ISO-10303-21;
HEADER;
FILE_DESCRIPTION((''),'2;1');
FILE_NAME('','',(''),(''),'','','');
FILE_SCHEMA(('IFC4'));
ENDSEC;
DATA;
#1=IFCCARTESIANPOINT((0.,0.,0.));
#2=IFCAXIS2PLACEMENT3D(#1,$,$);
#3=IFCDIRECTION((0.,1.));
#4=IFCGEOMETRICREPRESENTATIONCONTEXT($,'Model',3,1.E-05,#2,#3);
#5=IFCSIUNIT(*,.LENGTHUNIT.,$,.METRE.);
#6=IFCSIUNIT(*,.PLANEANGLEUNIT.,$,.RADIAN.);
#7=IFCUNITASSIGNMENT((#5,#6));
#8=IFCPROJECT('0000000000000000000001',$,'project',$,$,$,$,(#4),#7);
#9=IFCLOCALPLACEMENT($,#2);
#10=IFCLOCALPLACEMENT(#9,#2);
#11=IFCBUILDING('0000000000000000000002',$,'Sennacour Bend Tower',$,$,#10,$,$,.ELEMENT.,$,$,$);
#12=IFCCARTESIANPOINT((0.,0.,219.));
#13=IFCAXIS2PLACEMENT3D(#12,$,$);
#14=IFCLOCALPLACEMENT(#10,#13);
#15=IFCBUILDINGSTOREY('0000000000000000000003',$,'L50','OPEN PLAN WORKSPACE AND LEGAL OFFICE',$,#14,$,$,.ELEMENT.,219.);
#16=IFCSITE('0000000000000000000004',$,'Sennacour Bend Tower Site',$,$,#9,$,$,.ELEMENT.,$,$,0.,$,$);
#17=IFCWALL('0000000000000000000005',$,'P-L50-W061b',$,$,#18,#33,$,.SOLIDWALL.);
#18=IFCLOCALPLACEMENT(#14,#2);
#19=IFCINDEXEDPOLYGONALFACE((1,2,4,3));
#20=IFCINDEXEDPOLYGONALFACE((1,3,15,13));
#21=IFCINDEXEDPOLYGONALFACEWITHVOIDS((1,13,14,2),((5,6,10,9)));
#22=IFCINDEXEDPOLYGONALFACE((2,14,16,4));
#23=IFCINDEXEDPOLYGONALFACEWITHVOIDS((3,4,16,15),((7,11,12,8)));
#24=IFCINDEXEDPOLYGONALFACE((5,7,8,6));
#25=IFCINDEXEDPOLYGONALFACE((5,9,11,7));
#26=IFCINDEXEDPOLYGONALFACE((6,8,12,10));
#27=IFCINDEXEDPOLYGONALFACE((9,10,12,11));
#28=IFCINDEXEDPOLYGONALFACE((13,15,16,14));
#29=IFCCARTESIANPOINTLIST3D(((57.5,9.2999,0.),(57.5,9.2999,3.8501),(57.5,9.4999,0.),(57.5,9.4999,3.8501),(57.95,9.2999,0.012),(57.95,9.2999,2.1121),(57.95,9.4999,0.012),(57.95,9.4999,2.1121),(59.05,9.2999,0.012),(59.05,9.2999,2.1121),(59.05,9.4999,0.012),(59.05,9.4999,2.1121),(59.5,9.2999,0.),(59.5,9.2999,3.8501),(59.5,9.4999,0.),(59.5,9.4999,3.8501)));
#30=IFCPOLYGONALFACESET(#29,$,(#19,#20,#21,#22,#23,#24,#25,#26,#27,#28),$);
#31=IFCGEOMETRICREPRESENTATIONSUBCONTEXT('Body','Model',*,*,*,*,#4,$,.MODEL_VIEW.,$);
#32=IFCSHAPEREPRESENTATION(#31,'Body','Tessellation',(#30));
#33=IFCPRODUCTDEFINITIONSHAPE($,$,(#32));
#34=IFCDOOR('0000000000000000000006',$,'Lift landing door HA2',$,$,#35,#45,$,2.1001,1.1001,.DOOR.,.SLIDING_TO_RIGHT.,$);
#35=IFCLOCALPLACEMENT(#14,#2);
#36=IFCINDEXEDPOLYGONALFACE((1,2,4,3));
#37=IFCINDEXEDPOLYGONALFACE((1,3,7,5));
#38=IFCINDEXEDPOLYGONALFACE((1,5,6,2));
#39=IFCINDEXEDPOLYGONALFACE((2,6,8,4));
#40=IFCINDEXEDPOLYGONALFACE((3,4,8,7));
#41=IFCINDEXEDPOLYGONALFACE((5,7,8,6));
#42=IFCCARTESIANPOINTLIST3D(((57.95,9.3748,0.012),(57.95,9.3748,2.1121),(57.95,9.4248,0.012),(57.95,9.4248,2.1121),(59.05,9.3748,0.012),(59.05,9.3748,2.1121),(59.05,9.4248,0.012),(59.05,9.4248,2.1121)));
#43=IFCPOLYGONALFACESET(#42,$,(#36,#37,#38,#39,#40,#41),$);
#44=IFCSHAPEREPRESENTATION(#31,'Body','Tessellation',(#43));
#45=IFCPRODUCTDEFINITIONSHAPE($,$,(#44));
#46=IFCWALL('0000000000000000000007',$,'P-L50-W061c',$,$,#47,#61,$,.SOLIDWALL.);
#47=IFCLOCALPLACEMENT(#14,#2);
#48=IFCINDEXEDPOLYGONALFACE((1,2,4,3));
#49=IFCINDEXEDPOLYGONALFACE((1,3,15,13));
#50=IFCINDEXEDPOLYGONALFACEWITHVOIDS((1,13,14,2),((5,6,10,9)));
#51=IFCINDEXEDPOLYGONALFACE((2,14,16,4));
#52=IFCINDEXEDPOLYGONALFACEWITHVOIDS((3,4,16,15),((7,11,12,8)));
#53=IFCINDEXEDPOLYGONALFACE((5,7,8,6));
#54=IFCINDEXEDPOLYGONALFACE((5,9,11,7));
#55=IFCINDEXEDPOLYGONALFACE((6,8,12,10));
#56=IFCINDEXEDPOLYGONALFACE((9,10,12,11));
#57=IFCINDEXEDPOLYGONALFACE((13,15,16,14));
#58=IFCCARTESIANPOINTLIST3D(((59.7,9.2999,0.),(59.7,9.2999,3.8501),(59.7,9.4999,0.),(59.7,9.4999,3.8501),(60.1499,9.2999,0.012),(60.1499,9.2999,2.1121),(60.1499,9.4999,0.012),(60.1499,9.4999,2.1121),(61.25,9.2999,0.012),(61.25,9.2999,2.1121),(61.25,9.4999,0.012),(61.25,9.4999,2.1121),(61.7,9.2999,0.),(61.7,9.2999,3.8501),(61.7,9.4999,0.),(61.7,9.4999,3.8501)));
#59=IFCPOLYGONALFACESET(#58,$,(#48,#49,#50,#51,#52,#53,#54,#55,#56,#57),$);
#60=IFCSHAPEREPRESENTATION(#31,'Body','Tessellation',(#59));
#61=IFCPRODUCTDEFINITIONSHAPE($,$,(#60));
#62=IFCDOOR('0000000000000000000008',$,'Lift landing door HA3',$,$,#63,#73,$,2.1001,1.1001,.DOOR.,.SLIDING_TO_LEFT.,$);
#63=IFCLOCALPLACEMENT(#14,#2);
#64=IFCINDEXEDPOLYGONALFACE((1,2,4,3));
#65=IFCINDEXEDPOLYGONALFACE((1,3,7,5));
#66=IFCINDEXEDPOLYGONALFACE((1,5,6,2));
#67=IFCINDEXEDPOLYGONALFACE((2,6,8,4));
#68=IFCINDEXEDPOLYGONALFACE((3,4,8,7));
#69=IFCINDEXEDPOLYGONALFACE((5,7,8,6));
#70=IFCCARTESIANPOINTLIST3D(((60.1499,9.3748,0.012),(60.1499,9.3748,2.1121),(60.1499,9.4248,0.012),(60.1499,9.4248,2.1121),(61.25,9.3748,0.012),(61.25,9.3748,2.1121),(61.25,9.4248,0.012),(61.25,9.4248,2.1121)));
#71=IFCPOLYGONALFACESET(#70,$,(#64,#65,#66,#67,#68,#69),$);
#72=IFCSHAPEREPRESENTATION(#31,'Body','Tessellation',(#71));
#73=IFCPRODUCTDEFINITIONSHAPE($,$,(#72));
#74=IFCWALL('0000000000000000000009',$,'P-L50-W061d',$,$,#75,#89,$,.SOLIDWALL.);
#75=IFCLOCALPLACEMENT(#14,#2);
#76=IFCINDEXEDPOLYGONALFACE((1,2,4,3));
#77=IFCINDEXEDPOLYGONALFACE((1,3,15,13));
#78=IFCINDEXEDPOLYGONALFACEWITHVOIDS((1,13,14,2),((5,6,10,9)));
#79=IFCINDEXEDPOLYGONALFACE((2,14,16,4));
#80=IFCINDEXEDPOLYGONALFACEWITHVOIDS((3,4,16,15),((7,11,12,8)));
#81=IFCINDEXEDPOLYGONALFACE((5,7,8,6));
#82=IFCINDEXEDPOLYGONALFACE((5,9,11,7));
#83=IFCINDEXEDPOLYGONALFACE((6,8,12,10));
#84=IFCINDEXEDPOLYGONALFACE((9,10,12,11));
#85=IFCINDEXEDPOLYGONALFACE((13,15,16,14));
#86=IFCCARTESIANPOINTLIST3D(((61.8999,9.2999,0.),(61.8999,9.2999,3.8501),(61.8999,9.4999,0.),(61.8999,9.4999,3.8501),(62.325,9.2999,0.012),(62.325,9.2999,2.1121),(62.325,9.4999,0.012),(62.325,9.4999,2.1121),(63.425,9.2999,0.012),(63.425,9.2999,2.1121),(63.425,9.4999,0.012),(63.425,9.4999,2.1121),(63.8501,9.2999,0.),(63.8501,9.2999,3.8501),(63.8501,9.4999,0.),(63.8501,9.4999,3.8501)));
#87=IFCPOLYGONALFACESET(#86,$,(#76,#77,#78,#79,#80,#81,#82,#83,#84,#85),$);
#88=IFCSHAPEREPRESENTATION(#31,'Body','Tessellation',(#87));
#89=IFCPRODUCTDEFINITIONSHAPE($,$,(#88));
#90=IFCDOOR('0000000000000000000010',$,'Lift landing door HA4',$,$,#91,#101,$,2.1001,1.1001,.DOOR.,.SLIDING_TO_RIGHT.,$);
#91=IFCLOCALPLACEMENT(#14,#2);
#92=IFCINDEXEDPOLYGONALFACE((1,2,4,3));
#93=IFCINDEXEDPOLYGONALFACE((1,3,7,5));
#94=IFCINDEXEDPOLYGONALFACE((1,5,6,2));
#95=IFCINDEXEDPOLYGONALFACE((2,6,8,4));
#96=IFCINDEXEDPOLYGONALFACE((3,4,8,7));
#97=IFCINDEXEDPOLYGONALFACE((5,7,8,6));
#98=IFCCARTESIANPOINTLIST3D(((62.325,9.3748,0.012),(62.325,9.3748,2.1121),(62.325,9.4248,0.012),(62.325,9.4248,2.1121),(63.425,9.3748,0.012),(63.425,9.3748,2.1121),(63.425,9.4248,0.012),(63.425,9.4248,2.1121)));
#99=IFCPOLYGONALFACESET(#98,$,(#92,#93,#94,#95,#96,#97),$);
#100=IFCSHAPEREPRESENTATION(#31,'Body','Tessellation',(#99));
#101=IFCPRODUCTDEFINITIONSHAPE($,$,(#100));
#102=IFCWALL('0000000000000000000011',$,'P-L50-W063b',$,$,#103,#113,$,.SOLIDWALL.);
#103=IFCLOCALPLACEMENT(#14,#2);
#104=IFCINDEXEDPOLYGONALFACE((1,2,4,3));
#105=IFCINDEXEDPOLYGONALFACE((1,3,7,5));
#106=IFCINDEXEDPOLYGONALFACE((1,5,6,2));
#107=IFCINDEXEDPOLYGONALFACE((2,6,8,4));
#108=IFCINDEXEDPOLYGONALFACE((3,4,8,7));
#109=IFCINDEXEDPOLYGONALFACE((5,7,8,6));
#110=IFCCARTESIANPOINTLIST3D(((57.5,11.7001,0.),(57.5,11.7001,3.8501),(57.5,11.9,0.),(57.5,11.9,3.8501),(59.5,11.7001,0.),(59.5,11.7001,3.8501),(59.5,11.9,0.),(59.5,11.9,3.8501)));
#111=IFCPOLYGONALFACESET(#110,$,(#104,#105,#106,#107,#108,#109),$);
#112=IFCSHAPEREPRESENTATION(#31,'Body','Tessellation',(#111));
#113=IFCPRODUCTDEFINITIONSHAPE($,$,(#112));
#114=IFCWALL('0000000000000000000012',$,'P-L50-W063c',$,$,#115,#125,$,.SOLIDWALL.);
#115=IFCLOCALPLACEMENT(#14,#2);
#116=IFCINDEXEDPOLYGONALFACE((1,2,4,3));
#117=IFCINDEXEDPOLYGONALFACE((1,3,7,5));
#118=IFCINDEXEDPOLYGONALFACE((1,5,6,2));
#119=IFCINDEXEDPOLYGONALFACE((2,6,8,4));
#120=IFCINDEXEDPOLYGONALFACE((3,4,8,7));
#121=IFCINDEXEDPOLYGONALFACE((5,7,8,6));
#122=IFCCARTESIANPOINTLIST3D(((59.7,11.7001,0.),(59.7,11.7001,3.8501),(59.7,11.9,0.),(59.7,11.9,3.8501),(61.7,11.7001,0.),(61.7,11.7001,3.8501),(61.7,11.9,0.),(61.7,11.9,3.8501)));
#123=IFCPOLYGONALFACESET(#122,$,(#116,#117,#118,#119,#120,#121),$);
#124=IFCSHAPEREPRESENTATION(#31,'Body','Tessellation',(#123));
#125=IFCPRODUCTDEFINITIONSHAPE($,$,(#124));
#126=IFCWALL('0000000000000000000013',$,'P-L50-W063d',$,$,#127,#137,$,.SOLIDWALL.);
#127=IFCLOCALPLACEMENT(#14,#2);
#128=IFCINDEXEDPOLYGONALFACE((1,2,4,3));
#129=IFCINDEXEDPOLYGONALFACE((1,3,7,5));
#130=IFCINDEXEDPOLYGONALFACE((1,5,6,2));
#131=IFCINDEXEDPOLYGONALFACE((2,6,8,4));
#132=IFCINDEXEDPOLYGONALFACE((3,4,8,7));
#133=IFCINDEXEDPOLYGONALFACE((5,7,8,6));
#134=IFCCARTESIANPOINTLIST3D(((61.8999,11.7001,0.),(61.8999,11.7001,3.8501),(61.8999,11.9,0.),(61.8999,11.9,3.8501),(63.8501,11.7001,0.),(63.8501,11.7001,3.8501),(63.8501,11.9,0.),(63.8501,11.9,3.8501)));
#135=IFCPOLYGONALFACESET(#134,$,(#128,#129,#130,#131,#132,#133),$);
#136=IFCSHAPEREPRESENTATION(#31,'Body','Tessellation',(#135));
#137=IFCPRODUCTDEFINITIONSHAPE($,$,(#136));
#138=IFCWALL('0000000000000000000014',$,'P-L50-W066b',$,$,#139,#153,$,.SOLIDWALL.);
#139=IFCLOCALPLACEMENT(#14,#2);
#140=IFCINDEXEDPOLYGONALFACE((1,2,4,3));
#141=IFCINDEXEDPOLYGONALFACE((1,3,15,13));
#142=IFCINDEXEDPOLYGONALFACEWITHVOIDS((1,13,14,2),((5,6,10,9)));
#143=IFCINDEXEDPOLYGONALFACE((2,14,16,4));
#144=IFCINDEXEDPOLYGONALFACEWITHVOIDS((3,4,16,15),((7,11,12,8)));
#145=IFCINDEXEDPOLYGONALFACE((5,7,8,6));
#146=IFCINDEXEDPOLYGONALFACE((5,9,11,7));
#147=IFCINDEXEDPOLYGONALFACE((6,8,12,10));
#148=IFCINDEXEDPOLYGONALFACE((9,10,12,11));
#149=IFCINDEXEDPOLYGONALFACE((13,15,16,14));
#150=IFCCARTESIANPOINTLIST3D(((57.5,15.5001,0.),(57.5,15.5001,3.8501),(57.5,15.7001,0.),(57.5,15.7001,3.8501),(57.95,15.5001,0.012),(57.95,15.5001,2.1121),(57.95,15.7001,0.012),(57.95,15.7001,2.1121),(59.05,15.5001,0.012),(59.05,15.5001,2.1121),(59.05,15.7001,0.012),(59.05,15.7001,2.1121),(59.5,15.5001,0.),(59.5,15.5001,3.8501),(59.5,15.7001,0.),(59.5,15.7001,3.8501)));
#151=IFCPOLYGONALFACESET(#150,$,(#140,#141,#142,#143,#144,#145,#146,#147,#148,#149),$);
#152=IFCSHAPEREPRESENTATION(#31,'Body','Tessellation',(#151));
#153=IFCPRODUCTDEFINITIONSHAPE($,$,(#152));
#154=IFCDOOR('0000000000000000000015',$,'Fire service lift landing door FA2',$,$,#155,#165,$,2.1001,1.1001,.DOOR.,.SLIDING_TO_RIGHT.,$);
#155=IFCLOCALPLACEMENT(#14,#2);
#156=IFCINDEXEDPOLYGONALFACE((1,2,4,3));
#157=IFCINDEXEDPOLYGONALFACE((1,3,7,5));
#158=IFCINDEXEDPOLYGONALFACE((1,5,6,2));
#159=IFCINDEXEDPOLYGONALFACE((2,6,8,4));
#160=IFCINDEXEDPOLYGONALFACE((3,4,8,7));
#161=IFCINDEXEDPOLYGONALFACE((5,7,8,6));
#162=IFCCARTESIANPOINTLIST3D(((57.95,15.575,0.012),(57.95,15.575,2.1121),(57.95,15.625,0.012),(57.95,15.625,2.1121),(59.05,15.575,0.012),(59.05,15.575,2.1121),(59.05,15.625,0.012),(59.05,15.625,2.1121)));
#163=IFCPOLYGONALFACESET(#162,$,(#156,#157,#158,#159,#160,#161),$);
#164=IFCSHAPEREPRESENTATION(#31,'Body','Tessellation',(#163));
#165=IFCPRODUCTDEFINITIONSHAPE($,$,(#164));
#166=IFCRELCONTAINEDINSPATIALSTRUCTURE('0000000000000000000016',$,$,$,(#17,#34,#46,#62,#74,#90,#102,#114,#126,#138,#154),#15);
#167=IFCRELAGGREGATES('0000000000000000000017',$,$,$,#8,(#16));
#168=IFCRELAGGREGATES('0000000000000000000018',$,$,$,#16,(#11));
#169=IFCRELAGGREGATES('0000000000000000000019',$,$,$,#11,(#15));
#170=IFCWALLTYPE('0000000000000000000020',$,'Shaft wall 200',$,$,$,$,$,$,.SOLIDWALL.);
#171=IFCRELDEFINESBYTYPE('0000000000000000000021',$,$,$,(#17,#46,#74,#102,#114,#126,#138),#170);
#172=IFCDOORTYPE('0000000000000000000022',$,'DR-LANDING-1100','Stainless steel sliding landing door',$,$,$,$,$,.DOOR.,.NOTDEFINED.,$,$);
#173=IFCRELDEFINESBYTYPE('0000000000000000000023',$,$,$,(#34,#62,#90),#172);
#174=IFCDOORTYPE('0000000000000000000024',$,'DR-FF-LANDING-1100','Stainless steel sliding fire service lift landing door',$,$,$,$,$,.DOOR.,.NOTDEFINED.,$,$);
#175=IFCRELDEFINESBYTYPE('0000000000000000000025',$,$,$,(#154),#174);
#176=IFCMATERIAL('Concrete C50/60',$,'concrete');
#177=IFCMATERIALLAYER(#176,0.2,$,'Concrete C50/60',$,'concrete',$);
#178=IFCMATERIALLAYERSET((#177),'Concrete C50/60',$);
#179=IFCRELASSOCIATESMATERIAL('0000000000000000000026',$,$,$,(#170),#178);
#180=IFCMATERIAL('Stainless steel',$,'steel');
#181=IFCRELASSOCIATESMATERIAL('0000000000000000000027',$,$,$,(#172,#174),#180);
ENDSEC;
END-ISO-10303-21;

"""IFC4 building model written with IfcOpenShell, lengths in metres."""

from ifc_helpers import new_model, si_unit, direction, frame, frame_2d, origin, place, context, subcontext, project, spatial, rectangle, extrude, material, layer, layer_set, type_object, element, fill, save


model = new_model("IFC4")

# Units and contexts
model_context = context("Model", 3, precision=1e-05, world=origin(), true_north=direction((0.0, 1.0)))
body_context = subcontext(model_context, "Body", "Model", "MODEL_VIEW")
ifc_project = project(units=[si_unit("LENGTHUNIT", "METRE"), si_unit("PLANEANGLEUNIT", "RADIAN")], contexts=[model_context])

# Site, building, storey
site_placement = place(None, origin())
site = spatial("IfcSite", under=ifc_project, at=site_placement, Name="Sennacour Bend Tower Site", CompositionType="ELEMENT", RefElevation=0.0)
building_placement = place(site_placement, origin())
building = spatial("IfcBuilding", under=site, at=building_placement, Name="Sennacour Bend Tower", CompositionType="ELEMENT")
storey_placement = place(building_placement, frame((0.0, 0.0, 219.0)))
storey = spatial("IfcBuildingStorey", under=building, at=storey_placement, Name="L50", Description="OPEN PLAN WORKSPACE AND LEGAL OFFICE", CompositionType="ELEMENT", Elevation=219.0)

# Shared definitions
ifc_material_1 = material(Name="Concrete C50/60", Category="concrete")
ifc_layer_1 = layer(ifc_material_1, 0.2, Name="Concrete C50/60", Category="concrete")
ifc_layer_set_1 = layer_set([ifc_layer_1], Name="Concrete C50/60")
wall_type_1 = type_object("IfcWallType", Name="Shaft wall 200", PredefinedType="SOLIDWALL", material=ifc_layer_set_1)

# Walls, openings, doors
wall_1_placement = place(storey_placement, frame((57.5, 9.3999, 0.0), z_axis=(0.0, 0.0, 1.0), x_axis=(1.0, 0.0, 0.0)))
wall_1 = element("IfcWall", 1, at=wall_1_placement, inside=storey, type_object=wall_type_1, Name="P-L50-W061b", PredefinedType="SOLIDWALL", context=body_context, shape_type="SweptSolid", body=[
    extrude(rectangle(XDim=2.0, YDim=0.2, at=frame_2d((1.0, 0.0))), origin(), (0.0, 0.0, 1.0), 3.8501),
])
opening_1_placement = place(wall_1_placement, frame((0.45, 0.0, 0.012)))
opening_1 = element("IfcOpeningElement", 2, at=opening_1_placement, cuts=wall_1, PredefinedType="OPENING", context=body_context, shape_type="SweptSolid", body=[
    extrude(rectangle(XDim=1.1001, YDim=2.1001, at=frame_2d((0.55, 1.05))), frame((0.0, 0.1099, 0.0), z_axis=(0.0, -1.0, 0.0), x_axis=(1.0, 0.0, 0.0)), (0.0, 0.0, 1.0), 0.22),
])
ifc_material_2 = material(Name="Stainless steel", Category="steel")
door_type_1 = type_object("IfcDoorType", Name="DR-LANDING-1100", Description="Stainless steel sliding landing door", OperationType="NOTDEFINED", PredefinedType="DOOR", material=ifc_material_2)
door_1_placement = place(opening_1_placement, origin())
door_1 = element("IfcDoor", 3, at=door_1_placement, inside=storey, type_object=door_type_1, Name="Lift landing door HA2", OperationType="SLIDING_TO_RIGHT", OverallHeight=2.1001, OverallWidth=1.1001, PredefinedType="DOOR", context=body_context, shape_type="SweptSolid", body=[
    extrude(rectangle(XDim=1.1001, YDim=2.1001, at=frame_2d((0.55, 1.05))), frame((0.0, 0.0249, 0.0), z_axis=(0.0, -1.0, 0.0), x_axis=(1.0, 0.0, 0.0)), (0.0, 0.0, 1.0), 0.05),
])
fill(opening_1, door_1)
wall_2_placement = place(storey_placement, frame((59.7, 9.3999, 0.0), z_axis=(0.0, 0.0, 1.0), x_axis=(1.0, 0.0, 0.0)))
wall_2 = element("IfcWall", 4, at=wall_2_placement, inside=storey, type_object=wall_type_1, Name="P-L50-W061c", PredefinedType="SOLIDWALL", context=body_context, shape_type="SweptSolid", body=[
    extrude(rectangle(XDim=2.0, YDim=0.2, at=frame_2d((1.0, 0.0))), origin(), (0.0, 0.0, 1.0), 3.8501),
])
opening_2_placement = place(wall_2_placement, frame((0.45, 0.0, 0.012)))
opening_2 = element("IfcOpeningElement", 5, at=opening_2_placement, cuts=wall_2, PredefinedType="OPENING", context=body_context, shape_type="SweptSolid", body=[
    extrude(rectangle(XDim=1.1001, YDim=2.1001, at=frame_2d((0.55, 1.05))), frame((0.0, 0.1099, 0.0), z_axis=(0.0, -1.0, 0.0), x_axis=(1.0, 0.0, 0.0)), (0.0, 0.0, 1.0), 0.22),
])
door_2_placement = place(opening_2_placement, origin())
door_2 = element("IfcDoor", 6, at=door_2_placement, inside=storey, type_object=door_type_1, Name="Lift landing door HA3", OperationType="SLIDING_TO_LEFT", OverallHeight=2.1001, OverallWidth=1.1001, PredefinedType="DOOR", context=body_context, shape_type="SweptSolid", body=[
    extrude(rectangle(XDim=1.1001, YDim=2.1001, at=frame_2d((0.55, 1.05))), frame((0.0, 0.0249, 0.0), z_axis=(0.0, -1.0, 0.0), x_axis=(1.0, 0.0, 0.0)), (0.0, 0.0, 1.0), 0.05),
])
fill(opening_2, door_2)
wall_3_placement = place(storey_placement, frame((61.8999, 9.3999, 0.0), z_axis=(0.0, 0.0, 1.0), x_axis=(1.0, 0.0, 0.0)))
wall_3 = element("IfcWall", 7, at=wall_3_placement, inside=storey, type_object=wall_type_1, Name="P-L50-W061d", PredefinedType="SOLIDWALL", context=body_context, shape_type="SweptSolid", body=[
    extrude(rectangle(XDim=1.9502, YDim=0.2, at=frame_2d((0.9751, 0.0))), origin(), (0.0, 0.0, 1.0), 3.8501),
])
opening_3_placement = place(wall_3_placement, frame((0.425, 0.0, 0.012)))
opening_3 = element("IfcOpeningElement", 8, at=opening_3_placement, cuts=wall_3, PredefinedType="OPENING", context=body_context, shape_type="SweptSolid", body=[
    extrude(rectangle(XDim=1.1001, YDim=2.1001, at=frame_2d((0.55, 1.05))), frame((0.0, 0.1099, 0.0), z_axis=(0.0, -1.0, 0.0), x_axis=(1.0, 0.0, 0.0)), (0.0, 0.0, 1.0), 0.22),
])
door_3_placement = place(opening_3_placement, origin())
door_3 = element("IfcDoor", 9, at=door_3_placement, inside=storey, type_object=door_type_1, Name="Lift landing door HA4", OperationType="SLIDING_TO_RIGHT", OverallHeight=2.1001, OverallWidth=1.1001, PredefinedType="DOOR", context=body_context, shape_type="SweptSolid", body=[
    extrude(rectangle(XDim=1.1001, YDim=2.1001, at=frame_2d((0.55, 1.05))), frame((0.0, 0.0249, 0.0), z_axis=(0.0, -1.0, 0.0), x_axis=(1.0, 0.0, 0.0)), (0.0, 0.0, 1.0), 0.05),
])
fill(opening_3, door_3)

# Walls
for number, where, z_axis, x_axis, name in (
    (10, (57.5, 11.8, 0.0), (0.0, 0.0, 1.0), (1.0, 0.0, 0.0), "P-L50-W063b"),
    (11, (59.7, 11.8, 0.0), (0.0, 0.0, 1.0), (1.0, 0.0, 0.0), "P-L50-W063c"),
):
    element("IfcWall", number, at=place(storey_placement, frame(where, z_axis=z_axis, x_axis=x_axis)), inside=storey, type_object=wall_type_1, Name=name, PredefinedType="SOLIDWALL", context=body_context, shape_type="SweptSolid", body=[
        extrude(rectangle(XDim=2.0, YDim=0.2, at=frame_2d((1.0, 0.0))), origin(), (0.0, 0.0, 1.0), 3.8501),
    ])
wall_4_placement = place(storey_placement, frame((61.8999, 11.8, 0.0), z_axis=(0.0, 0.0, 1.0), x_axis=(1.0, 0.0, 0.0)))
element("IfcWall", 12, at=wall_4_placement, inside=storey, type_object=wall_type_1, Name="P-L50-W063d", PredefinedType="SOLIDWALL", context=body_context, shape_type="SweptSolid", body=[
    extrude(rectangle(XDim=1.9502, YDim=0.2, at=frame_2d((0.9751, 0.0))), origin(), (0.0, 0.0, 1.0), 3.8501),
])

# Wall, opening, door
wall_5_placement = place(storey_placement, frame((57.5, 15.6001, 0.0), z_axis=(0.0, 0.0, 1.0), x_axis=(1.0, 0.0, 0.0)))
wall_5 = element("IfcWall", 13, at=wall_5_placement, inside=storey, type_object=wall_type_1, Name="P-L50-W066b", PredefinedType="SOLIDWALL", context=body_context, shape_type="SweptSolid", body=[
    extrude(rectangle(XDim=2.0, YDim=0.2, at=frame_2d((1.0, 0.0))), origin(), (0.0, 0.0, 1.0), 3.8501),
])
opening_4_placement = place(wall_5_placement, frame((0.45, 0.0, 0.012)))
opening_4 = element("IfcOpeningElement", 14, at=opening_4_placement, cuts=wall_5, PredefinedType="OPENING", context=body_context, shape_type="SweptSolid", body=[
    extrude(rectangle(XDim=1.1001, YDim=2.1001, at=frame_2d((0.55, 1.05))), frame((0.0, 0.1099, 0.0), z_axis=(0.0, -1.0, 0.0), x_axis=(1.0, 0.0, 0.0)), (0.0, 0.0, 1.0), 0.22),
])
door_type_2 = type_object("IfcDoorType", Name="DR-FF-LANDING-1100", Description="Stainless steel sliding fire service lift landing door", OperationType="NOTDEFINED", PredefinedType="DOOR", material=ifc_material_2)
door_4_placement = place(opening_4_placement, origin())
door_4 = element("IfcDoor", 15, at=door_4_placement, inside=storey, type_object=door_type_2, Name="Fire service lift landing door FA2", OperationType="SLIDING_TO_RIGHT", OverallHeight=2.1001, OverallWidth=1.1001, PredefinedType="DOOR", context=body_context, shape_type="SweptSolid", body=[
    extrude(rectangle(XDim=1.1001, YDim=2.1001, at=frame_2d((0.55, 1.05))), frame((0.0, 0.0249, 0.0), z_axis=(0.0, -1.0, 0.0), x_axis=(1.0, 0.0, 0.0)), (0.0, 0.0, 1.0), 0.05),
])
fill(opening_4, door_4)

save(model, "model.ifc")
